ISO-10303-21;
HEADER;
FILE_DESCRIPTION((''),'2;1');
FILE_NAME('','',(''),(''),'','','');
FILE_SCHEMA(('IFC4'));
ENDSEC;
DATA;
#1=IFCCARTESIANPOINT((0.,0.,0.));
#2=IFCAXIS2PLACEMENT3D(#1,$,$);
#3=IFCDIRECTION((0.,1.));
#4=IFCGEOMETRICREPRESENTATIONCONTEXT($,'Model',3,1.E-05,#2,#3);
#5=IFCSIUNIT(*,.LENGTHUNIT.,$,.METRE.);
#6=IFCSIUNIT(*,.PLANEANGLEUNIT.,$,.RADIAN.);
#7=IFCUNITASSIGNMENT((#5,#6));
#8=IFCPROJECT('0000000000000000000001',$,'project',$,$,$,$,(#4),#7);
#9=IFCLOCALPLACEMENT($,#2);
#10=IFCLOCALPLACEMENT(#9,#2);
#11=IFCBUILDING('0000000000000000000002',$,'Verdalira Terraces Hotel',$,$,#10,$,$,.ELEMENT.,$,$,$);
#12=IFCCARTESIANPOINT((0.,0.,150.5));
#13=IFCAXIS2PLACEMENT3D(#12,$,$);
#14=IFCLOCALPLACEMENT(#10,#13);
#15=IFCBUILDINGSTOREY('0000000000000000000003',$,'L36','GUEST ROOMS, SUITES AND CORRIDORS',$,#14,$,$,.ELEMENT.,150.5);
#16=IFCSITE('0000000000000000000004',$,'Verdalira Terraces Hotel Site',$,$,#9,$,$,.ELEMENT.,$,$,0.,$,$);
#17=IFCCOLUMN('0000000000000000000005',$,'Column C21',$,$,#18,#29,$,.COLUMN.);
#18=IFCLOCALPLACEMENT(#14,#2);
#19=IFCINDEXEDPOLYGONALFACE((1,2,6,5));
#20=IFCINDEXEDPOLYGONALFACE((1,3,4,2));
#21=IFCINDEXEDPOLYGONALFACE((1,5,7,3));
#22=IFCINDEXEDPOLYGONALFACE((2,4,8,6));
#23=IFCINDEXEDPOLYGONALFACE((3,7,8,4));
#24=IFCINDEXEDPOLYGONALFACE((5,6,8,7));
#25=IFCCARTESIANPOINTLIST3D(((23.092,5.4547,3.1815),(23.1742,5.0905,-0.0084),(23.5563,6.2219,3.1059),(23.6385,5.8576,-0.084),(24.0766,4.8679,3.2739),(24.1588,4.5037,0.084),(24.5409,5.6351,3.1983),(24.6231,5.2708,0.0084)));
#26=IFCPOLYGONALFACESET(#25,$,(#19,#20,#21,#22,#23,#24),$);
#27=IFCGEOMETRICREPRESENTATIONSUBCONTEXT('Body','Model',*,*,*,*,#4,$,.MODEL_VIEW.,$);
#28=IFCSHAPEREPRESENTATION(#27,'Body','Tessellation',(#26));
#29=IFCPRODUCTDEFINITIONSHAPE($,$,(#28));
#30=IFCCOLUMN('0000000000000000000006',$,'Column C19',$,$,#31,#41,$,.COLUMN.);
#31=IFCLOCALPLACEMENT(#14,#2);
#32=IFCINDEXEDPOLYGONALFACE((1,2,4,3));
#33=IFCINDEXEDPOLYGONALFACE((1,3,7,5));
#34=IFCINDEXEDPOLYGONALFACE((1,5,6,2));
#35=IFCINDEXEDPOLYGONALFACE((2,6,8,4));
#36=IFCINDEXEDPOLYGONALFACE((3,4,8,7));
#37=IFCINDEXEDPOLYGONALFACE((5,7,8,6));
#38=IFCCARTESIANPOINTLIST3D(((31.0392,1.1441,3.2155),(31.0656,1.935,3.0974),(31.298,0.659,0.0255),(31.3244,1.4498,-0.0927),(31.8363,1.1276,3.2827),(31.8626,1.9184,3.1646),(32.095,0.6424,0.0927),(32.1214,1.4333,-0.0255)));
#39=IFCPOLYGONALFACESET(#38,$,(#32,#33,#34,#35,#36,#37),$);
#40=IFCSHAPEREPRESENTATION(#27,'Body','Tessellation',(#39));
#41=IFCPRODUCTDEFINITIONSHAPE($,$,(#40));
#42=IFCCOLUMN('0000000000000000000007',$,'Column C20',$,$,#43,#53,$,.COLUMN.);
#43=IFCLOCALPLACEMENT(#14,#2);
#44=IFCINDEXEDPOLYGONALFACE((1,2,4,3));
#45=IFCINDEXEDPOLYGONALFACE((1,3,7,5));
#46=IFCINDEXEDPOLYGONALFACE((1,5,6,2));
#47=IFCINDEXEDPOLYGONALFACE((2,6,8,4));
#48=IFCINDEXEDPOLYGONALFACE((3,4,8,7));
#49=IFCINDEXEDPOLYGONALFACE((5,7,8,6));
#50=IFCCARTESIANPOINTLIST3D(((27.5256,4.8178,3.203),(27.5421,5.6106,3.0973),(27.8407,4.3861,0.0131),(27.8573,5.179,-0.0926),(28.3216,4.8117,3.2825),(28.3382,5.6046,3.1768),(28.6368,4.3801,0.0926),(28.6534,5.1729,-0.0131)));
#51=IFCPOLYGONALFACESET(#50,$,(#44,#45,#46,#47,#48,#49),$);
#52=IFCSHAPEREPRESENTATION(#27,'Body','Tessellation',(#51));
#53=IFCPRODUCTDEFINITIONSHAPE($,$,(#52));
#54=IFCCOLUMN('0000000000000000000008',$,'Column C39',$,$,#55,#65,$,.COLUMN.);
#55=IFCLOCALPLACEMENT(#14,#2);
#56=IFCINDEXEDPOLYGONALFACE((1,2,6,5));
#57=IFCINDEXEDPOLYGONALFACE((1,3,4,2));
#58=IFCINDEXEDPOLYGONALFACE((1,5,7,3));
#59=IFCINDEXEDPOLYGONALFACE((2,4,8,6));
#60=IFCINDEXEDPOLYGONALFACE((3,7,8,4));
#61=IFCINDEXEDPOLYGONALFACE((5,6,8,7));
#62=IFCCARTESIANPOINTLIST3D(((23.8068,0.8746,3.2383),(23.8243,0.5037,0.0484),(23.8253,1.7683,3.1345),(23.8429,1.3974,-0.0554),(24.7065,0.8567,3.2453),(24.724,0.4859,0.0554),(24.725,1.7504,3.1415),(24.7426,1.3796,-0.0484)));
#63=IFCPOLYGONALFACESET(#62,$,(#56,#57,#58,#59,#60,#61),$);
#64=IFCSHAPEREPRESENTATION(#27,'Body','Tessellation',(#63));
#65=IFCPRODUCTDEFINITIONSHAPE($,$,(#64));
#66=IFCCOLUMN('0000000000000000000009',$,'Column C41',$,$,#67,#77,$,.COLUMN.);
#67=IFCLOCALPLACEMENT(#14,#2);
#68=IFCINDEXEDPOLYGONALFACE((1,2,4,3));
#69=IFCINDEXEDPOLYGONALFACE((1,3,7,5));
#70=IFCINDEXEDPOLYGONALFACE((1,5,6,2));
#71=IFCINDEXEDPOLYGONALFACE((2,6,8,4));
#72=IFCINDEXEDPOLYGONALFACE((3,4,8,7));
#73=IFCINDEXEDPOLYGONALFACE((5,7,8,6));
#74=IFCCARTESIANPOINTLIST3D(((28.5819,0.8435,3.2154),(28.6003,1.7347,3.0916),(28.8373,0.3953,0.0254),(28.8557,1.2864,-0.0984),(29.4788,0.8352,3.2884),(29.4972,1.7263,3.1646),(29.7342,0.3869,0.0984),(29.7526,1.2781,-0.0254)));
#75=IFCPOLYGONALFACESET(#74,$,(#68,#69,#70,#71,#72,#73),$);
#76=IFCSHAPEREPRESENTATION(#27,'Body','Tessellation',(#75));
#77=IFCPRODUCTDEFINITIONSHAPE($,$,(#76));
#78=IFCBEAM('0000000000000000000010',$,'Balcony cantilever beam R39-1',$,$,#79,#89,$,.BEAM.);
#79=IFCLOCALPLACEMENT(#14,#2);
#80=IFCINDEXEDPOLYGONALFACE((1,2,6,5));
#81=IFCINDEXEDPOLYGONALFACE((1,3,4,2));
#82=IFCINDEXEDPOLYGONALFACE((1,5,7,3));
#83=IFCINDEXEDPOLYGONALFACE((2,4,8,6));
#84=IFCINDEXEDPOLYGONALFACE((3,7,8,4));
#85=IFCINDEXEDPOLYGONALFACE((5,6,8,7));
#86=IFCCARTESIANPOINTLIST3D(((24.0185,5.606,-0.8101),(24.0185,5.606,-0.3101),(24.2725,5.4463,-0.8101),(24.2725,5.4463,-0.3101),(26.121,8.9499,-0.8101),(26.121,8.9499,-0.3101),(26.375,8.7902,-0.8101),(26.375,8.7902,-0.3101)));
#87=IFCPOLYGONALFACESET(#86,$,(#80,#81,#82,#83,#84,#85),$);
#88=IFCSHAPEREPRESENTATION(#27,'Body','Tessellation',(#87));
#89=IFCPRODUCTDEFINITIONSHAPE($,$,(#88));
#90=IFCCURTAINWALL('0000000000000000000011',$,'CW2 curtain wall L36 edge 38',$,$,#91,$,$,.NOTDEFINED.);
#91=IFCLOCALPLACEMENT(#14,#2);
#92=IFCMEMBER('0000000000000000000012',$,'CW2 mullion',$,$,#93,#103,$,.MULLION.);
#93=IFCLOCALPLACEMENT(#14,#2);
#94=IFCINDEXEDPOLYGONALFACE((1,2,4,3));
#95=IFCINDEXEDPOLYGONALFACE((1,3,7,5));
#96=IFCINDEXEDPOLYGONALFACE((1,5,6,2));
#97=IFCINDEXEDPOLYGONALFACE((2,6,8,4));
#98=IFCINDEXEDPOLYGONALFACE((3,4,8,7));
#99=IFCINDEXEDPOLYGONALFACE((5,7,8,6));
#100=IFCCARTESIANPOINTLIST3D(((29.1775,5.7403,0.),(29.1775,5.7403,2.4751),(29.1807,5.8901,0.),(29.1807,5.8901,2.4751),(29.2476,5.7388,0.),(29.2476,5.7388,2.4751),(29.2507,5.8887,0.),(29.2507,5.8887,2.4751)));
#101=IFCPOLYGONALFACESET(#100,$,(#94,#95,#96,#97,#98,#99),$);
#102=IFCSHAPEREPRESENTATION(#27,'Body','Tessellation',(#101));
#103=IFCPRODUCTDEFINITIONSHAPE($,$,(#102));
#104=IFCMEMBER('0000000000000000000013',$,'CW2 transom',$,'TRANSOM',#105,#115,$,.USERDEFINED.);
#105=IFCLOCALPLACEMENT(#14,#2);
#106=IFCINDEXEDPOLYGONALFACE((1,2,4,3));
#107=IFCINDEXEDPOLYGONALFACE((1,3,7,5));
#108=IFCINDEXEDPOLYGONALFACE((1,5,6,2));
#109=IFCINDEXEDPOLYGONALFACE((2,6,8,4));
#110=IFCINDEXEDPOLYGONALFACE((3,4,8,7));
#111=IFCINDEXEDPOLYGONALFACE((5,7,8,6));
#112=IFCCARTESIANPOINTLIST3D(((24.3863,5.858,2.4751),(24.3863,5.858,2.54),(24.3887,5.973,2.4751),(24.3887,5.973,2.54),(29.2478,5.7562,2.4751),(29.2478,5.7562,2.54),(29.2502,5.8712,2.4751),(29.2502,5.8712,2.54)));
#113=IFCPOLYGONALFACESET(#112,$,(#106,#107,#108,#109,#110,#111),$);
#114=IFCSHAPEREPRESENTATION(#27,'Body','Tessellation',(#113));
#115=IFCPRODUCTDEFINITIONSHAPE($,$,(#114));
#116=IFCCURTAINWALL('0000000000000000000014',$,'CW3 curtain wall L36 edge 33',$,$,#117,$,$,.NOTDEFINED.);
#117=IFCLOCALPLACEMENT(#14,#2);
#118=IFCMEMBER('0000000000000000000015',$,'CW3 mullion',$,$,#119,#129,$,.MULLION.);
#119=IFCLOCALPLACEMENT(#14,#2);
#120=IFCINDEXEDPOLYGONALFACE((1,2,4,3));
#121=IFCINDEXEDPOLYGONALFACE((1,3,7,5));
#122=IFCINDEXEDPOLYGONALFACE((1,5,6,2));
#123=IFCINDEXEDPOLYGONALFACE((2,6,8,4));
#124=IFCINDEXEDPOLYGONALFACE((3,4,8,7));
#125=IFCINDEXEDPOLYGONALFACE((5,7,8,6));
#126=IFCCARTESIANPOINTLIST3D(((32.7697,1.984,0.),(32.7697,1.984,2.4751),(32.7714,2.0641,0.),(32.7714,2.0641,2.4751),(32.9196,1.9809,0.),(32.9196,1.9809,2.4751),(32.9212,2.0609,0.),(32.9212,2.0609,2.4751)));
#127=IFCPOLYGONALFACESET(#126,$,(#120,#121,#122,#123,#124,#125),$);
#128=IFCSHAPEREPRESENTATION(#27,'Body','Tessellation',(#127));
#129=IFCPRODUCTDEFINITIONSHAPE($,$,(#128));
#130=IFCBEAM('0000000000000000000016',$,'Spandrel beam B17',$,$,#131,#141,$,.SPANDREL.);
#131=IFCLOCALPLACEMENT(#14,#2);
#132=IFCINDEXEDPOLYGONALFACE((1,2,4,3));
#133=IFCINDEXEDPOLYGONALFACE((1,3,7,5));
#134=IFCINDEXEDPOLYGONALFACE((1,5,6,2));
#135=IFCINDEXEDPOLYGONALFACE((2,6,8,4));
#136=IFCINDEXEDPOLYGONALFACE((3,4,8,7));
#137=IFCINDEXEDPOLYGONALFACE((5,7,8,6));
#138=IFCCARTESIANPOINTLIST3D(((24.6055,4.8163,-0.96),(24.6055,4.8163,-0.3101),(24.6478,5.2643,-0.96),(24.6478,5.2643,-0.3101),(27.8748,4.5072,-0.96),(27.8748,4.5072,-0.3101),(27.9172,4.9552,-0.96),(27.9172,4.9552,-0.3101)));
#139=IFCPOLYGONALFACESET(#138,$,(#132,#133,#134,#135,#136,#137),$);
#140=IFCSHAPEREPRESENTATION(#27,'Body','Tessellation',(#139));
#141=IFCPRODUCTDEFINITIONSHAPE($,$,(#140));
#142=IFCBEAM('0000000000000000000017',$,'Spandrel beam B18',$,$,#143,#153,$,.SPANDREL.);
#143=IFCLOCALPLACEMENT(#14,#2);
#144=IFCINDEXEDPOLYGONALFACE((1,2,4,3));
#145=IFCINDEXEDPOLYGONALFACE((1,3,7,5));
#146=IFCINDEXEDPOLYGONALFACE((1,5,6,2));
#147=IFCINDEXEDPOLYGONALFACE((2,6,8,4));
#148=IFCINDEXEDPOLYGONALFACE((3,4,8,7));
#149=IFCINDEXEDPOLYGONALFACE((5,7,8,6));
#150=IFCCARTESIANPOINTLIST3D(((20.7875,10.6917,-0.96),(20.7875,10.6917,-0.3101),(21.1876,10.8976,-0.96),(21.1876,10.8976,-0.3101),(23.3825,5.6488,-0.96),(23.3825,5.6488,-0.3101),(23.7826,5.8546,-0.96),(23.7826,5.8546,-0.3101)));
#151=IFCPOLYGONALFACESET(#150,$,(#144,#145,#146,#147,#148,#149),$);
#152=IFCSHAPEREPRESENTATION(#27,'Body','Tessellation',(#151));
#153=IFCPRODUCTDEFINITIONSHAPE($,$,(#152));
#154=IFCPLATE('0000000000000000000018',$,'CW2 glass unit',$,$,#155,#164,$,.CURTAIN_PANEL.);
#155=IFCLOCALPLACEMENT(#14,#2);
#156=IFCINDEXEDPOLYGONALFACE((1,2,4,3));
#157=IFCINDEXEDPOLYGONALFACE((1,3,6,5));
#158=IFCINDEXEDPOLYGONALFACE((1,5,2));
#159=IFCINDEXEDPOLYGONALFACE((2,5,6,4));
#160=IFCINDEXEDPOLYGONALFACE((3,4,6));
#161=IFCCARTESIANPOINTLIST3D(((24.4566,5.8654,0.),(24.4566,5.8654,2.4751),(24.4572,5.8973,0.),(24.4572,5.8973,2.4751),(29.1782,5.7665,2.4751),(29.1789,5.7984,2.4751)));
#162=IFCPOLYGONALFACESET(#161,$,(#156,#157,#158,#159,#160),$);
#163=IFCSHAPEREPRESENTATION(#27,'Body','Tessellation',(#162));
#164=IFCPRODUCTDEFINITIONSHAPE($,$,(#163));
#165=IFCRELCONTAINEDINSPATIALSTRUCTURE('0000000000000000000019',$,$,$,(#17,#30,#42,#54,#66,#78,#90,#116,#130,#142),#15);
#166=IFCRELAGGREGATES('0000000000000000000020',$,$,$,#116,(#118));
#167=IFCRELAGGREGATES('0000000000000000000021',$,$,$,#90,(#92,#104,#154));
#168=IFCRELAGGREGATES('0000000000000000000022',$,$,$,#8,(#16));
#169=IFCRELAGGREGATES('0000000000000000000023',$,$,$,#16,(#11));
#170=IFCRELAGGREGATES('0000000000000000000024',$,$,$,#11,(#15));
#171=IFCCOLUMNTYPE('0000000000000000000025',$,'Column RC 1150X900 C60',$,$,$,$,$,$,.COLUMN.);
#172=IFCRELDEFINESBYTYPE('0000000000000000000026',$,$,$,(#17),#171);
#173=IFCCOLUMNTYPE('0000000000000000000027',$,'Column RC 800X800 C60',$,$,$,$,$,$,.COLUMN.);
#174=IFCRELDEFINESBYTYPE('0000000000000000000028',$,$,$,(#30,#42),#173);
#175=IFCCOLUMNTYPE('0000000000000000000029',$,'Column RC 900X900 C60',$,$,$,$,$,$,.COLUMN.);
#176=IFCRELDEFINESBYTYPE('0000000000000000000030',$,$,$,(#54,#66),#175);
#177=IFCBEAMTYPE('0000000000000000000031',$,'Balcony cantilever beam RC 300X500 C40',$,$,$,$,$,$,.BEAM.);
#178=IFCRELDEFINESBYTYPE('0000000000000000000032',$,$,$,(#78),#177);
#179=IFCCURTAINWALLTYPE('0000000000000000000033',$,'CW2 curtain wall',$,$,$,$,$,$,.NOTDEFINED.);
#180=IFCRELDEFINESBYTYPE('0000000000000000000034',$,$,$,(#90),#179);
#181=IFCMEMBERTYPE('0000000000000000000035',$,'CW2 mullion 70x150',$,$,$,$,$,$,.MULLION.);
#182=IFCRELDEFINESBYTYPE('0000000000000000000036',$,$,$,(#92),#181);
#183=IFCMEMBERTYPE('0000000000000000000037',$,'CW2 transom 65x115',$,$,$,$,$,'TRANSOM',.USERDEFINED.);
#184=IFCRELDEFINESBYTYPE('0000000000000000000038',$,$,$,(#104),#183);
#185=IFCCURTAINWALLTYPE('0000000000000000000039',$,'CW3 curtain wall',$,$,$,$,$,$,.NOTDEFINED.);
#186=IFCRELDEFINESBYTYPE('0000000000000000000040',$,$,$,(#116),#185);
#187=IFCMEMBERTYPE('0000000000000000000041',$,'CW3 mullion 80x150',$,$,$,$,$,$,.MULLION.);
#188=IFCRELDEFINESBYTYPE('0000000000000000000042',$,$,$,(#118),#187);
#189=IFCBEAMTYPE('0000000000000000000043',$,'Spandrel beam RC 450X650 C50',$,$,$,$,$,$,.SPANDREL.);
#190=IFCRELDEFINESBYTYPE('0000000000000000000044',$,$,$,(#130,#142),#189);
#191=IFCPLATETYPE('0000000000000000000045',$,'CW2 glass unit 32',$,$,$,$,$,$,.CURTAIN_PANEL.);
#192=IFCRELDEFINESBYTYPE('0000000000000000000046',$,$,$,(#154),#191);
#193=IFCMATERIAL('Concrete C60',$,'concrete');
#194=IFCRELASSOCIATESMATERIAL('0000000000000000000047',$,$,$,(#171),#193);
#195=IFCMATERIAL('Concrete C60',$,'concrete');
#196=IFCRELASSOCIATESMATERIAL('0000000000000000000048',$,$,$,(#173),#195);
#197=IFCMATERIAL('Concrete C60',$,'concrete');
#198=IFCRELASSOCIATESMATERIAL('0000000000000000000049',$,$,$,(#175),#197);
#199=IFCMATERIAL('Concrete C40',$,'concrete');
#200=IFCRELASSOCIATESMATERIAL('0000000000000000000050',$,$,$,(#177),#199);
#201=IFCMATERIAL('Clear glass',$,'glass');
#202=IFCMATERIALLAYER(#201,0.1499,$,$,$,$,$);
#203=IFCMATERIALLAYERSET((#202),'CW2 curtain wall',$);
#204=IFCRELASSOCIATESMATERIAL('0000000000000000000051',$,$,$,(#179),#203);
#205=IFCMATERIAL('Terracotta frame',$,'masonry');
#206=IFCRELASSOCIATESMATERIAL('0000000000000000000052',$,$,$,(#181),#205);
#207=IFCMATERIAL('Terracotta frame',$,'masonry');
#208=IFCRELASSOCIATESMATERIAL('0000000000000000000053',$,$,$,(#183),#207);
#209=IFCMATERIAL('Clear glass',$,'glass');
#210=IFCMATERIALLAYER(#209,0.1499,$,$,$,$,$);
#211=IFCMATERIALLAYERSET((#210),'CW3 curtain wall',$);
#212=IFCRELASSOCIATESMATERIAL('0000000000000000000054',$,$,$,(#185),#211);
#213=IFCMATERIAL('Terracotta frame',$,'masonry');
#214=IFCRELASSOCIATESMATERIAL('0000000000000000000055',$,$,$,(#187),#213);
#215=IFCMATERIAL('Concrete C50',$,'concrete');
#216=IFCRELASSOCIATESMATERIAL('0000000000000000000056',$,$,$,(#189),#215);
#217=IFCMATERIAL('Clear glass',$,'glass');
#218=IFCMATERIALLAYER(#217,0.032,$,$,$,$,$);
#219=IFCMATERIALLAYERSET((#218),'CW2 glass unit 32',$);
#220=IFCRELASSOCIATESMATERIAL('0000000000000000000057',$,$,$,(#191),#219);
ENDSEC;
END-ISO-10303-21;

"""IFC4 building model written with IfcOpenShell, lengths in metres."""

from ifc_helpers import new_model, si_unit, direction, frame, origin, origin_2d, place, context, subcontext, project, spatial, polyline, rectangle, outline, extrude, material, layer, layer_set, material_profile, profile_set, type_object, element, aggregate, save


model = new_model("IFC4")

# Units and contexts
model_context = context("Model", 3, precision=1e-05, world=origin(), true_north=direction((0.0, 1.0)))
body_context = subcontext(model_context, "Body", "Model", "MODEL_VIEW")
ifc_project = project(units=[si_unit("LENGTHUNIT", "METRE"), si_unit("PLANEANGLEUNIT", "RADIAN")], contexts=[model_context])

# Site, building, storey
site_placement = place(None, origin())
site = spatial("IfcSite", under=ifc_project, at=site_placement, Name="Verdalira Terraces Hotel Site", CompositionType="ELEMENT", RefElevation=0.0)
building_placement = place(site_placement, origin())
building = spatial("IfcBuilding", under=site, at=building_placement, Name="Verdalira Terraces Hotel", CompositionType="ELEMENT")
storey_placement = place(building_placement, frame((0.0, 0.0, 150.5)))
storey = spatial("IfcBuildingStorey", under=building, at=storey_placement, Name="L36", Description="GUEST ROOMS, SUITES AND CORRIDORS", CompositionType="ELEMENT", Elevation=150.5)

# Columns
ifc_material_1 = material(Name="Concrete C60", Category="concrete")
ifc_material_profile_1 = material_profile(ifc_material_1, rectangle(XDim=1.1499, YDim=0.8999, at=origin_2d()), Name="RC 1150X900")
ifc_profile_set_1 = profile_set([ifc_material_profile_1], Name="Concrete C60")
column_type_1 = type_object("IfcColumnType", Name="Column RC 1150X900 C60", PredefinedType="COLUMN", material=ifc_profile_set_1)
column_1_placement = place(storey_placement, frame((23.8987, 5.1807, 0.0), z_axis=(-0.025617, 0.113415, 0.993217), x_axis=(0.856239, -0.510292, 0.080354)))
element("IfcColumn", 1, at=column_1_placement, inside=storey, type_object=column_type_1, Name="Column C21", PredefinedType="COLUMN", context=body_context, shape_type="SweptSolid", body=[
    extrude(rectangle(XDim=1.1499, YDim=0.8999, at=origin_2d()), origin(), (0.0, 0.0, 1.0), 3.2117),
])
ifc_material_2 = material(Name="Concrete C60", Category="concrete")
ifc_material_profile_2 = material_profile(ifc_material_2, rectangle(XDim=0.8, YDim=0.8, at=origin_2d()), Name="RC 800X800")
ifc_profile_set_2 = profile_set([ifc_material_profile_2], Name="Concrete C60")
column_type_2 = type_object("IfcColumnType", Name="Column RC 800X800 C60", PredefinedType="COLUMN", material=ifc_profile_set_2)
column_2_placement = place(storey_placement, frame((31.7097, 1.0461, 0.0), z_axis=(-0.079948, 0.149864, 0.985469), x_axis=(0.032985, 0.98849, -0.147648)))
element("IfcColumn", 2, at=column_2_placement, inside=storey, type_object=column_type_2, Name="Column C19", PredefinedType="COLUMN", context=body_context, shape_type="SweptSolid", body=[
    extrude(rectangle(XDim=0.8, YDim=0.8, at=origin_2d()), origin(), (0.0, 0.0, 1.0), 3.2371),
])
column_3_placement = place(storey_placement, frame((28.2471, 4.7795, 0.0), z_axis=(-0.097448, 0.133453, 0.986253), x_axis=(-0.995025, 0.007585, -0.099341)))
element("IfcColumn", 3, at=column_3_placement, inside=storey, type_object=column_type_2, Name="Column C20", PredefinedType="COLUMN", context=body_context, shape_type="SweptSolid", body=[
    extrude(rectangle(XDim=0.8, YDim=0.8, at=origin_2d()), origin(), (0.0, 0.0, 1.0), 3.2344),
])
ifc_material_3 = material(Name="Concrete C60", Category="concrete")
ifc_material_profile_3 = material_profile(ifc_material_3, rectangle(XDim=0.8999, YDim=0.8999, at=origin_2d()), Name="RC 900X900")
ifc_profile_set_3 = profile_set([ifc_material_profile_3], Name="Concrete C60")
column_type_3 = type_object("IfcColumnType", Name="Column RC 900X900 C60", PredefinedType="COLUMN", material=ifc_profile_set_3)
column_4_placement = place(storey_placement, frame((24.2834, 0.9416, 0.0), z_axis=(-0.005474, 0.115476, 0.993295), x_axis=(0.999773, -0.019806, 0.007812)))
element("IfcColumn", 4, at=column_4_placement, inside=storey, type_object=column_type_3, Name="Column C39", PredefinedType="COLUMN", context=body_context, shape_type="SweptSolid", body=[
    extrude(rectangle(XDim=0.8999, YDim=0.8999, at=origin_2d()), origin(), (0.0, 0.0, 1.0), 3.2114),
])
column_5_placement = place(storey_placement, frame((29.2949, 0.8367, 0.0), z_axis=(-0.079028, 0.138715, 0.987174), x_axis=(0.996663, -0.009281, 0.081092)))
element("IfcColumn", 5, at=column_5_placement, inside=storey, type_object=column_type_3, Name="Column C41", PredefinedType="COLUMN", context=body_context, shape_type="SweptSolid", body=[
    extrude(rectangle(XDim=0.8999, YDim=0.8999, at=origin_2d()), origin(), (0.0, 0.0, 1.0), 3.2314),
])

# Beam
ifc_material_4 = material(Name="Concrete C40", Category="concrete")
ifc_material_profile_4 = material_profile(ifc_material_4, rectangle(XDim=0.3, YDim=0.5, at=origin_2d()), Name="RC 300X500")
ifc_profile_set_4 = profile_set([ifc_material_profile_4], Name="Concrete C40")
beam_type_1 = type_object("IfcBeamType", Name="Balcony cantilever beam RC 300X500 C40", PredefinedType="BEAM", material=ifc_profile_set_4)
beam_1_placement = place(storey_placement, frame((24.1455, 5.5261, -0.5601), z_axis=(0.53228, 0.846568, 0.0), x_axis=(-0.846568, 0.53228, 0.0)))
element("IfcBeam", 6, at=beam_1_placement, inside=storey, type_object=beam_type_1, Name="Balcony cantilever beam R39-1", PredefinedType="BEAM", context=body_context, shape_type="SweptSolid", body=[
    extrude(rectangle(XDim=0.3, YDim=0.5, at=origin_2d()), origin(), (0.0, 0.0, 1.0), 3.95),
])

# Curtain wall, members
ifc_material_5 = material(Name="Clear glass", Category="glass")
ifc_layer_1 = layer(ifc_material_5, 0.1499)
ifc_layer_set_1 = layer_set([ifc_layer_1], Name="CW2 curtain wall")
curtain_wall_type_1 = type_object("IfcCurtainWallType", Name="CW2 curtain wall", PredefinedType="NOTDEFINED", material=ifc_layer_set_1)
curtain_wall_1_placement = place(storey_placement, origin())
curtain_wall_1 = element("IfcCurtainWall", 7, at=curtain_wall_1_placement, inside=storey, type_object=curtain_wall_type_1, Name="CW2 curtain wall L36 edge 38", PredefinedType="NOTDEFINED")
ifc_material_6 = material(Name="Terracotta frame", Category="masonry")
ifc_material_profile_5 = material_profile(ifc_material_6, rectangle(XDim=0.0701, YDim=0.1499, at=origin_2d()), Name="MU 70x150")
ifc_profile_set_5 = profile_set([ifc_material_profile_5], Name="Terracotta frame")
member_type_1 = type_object("IfcMemberType", Name="CW2 mullion 70x150", PredefinedType="MULLION", material=ifc_profile_set_5)
member_1_placement = place(storey_placement, frame((29.2141, 5.8145, 0.0), z_axis=(0.0, 0.0, 1.0), x_axis=(-0.999781, 0.020942, 0.0)))
member_1 = element("IfcMember", 8, at=member_1_placement, type_object=member_type_1, Name="CW2 mullion", PredefinedType="MULLION", context=body_context, shape_type="SweptSolid", body=[
    extrude(rectangle(XDim=0.0701, YDim=0.1499, at=origin_2d()), origin(), (0.0, 0.0, 1.0), 2.4751),
])
ifc_material_7 = material(Name="Terracotta frame", Category="masonry")
ifc_material_profile_6 = material_profile(ifc_material_7, rectangle(XDim=0.115, YDim=0.0649, at=origin_2d()), Name="TR 65x115")
ifc_profile_set_6 = profile_set([ifc_material_profile_6], Name="Terracotta frame")
member_type_2 = type_object("IfcMemberType", Name="CW2 transom 65x115", ElementType="TRANSOM", PredefinedType="USERDEFINED", material=ifc_profile_set_6)
member_2_placement = place(storey_placement, frame((29.249, 5.8137, 2.5076), z_axis=(-0.999781, 0.020937, 0.0), x_axis=(-0.020937, -0.999781, 0.0)))
member_2 = element("IfcMember", 9, at=member_2_placement, type_object=member_type_2, Name="CW2 transom", ObjectType="TRANSOM", PredefinedType="USERDEFINED", context=body_context, shape_type="SweptSolid", body=[
    extrude(rectangle(XDim=0.115, YDim=0.0649, at=origin_2d()), origin(), (0.0, 0.0, 1.0), 4.8625),
])

# Curtain wall, member
ifc_material_8 = material(Name="Clear glass", Category="glass")
ifc_layer_2 = layer(ifc_material_8, 0.1499)
ifc_layer_set_2 = layer_set([ifc_layer_2], Name="CW3 curtain wall")
curtain_wall_type_2 = type_object("IfcCurtainWallType", Name="CW3 curtain wall", PredefinedType="NOTDEFINED", material=ifc_layer_set_2)
curtain_wall_2_placement = place(storey_placement, origin())
curtain_wall_2 = element("IfcCurtainWall", 10, at=curtain_wall_2_placement, inside=storey, type_object=curtain_wall_type_2, Name="CW3 curtain wall L36 edge 33", PredefinedType="NOTDEFINED")
ifc_material_9 = material(Name="Terracotta frame", Category="masonry")
ifc_material_profile_7 = material_profile(ifc_material_9, rectangle(XDim=0.0801, YDim=0.1499, at=origin_2d()), Name="MU 80x150")
ifc_profile_set_7 = profile_set([ifc_material_profile_7], Name="Terracotta frame")
member_type_3 = type_object("IfcMemberType", Name="CW3 mullion 80x150", PredefinedType="MULLION", material=ifc_profile_set_7)
member_3_placement = place(storey_placement, frame((32.8455, 2.0225, 0.0), z_axis=(0.0, 0.0, 1.0), x_axis=(0.020942, 0.999781, 0.0)))
member_3 = element("IfcMember", 11, at=member_3_placement, type_object=member_type_3, Name="CW3 mullion", PredefinedType="MULLION", context=body_context, shape_type="SweptSolid", body=[
    extrude(rectangle(XDim=0.0801, YDim=0.1499, at=origin_2d()), origin(), (0.0, 0.0, 1.0), 2.4751),
])
aggregate(curtain_wall_2, [member_3])

# Beams
ifc_material_10 = material(Name="Concrete C50", Category="concrete")
ifc_material_profile_8 = material_profile(ifc_material_10, rectangle(XDim=0.45, YDim=0.6499, at=origin_2d()), Name="RC 450X650")
ifc_profile_set_8 = profile_set([ifc_material_profile_8], Name="Concrete C50")
beam_type_2 = type_object("IfcBeamType", Name="Spandrel beam RC 450X650 C50", PredefinedType="SPANDREL", material=ifc_profile_set_8)
beam_2_placement = place(storey_placement, frame((27.896, 4.7312, -0.635), z_axis=(-0.995561, 0.094121, 0.0), x_axis=(-0.094121, -0.995561, 0.0)))
element("IfcBeam", 12, at=beam_2_placement, inside=storey, type_object=beam_type_2, Name="Spandrel beam B17", PredefinedType="SPANDREL", context=body_context, shape_type="SweptSolid", body=[
    extrude(rectangle(XDim=0.45, YDim=0.6499, at=origin_2d()), origin(), (0.0, 0.0, 1.0), 3.2839),
])
beam_3_placement = place(storey_placement, frame((23.5825, 5.7517, -0.635), z_axis=(-0.457549, 0.889184, 0.0), x_axis=(-0.889184, -0.457549, 0.0)))
element("IfcBeam", 13, at=beam_3_placement, inside=storey, type_object=beam_type_2, Name="Spandrel beam B18", PredefinedType="SPANDREL", context=body_context, shape_type="SweptSolid", body=[
    extrude(rectangle(XDim=0.45, YDim=0.6499, at=origin_2d()), origin(), (0.0, 0.0, 1.0), 5.6714),
])

# Plate
ifc_material_11 = material(Name="Clear glass", Category="glass")
ifc_layer_3 = layer(ifc_material_11, 0.032)
ifc_layer_set_3 = layer_set([ifc_layer_3], Name="CW2 glass unit 32")
plate_type = type_object("IfcPlateType", Name="CW2 glass unit 32", PredefinedType="CURTAIN_PANEL", material=ifc_layer_set_3)
plate_placement = place(storey_placement, frame((26.8174, 5.8159, 1.2375), z_axis=(0.020942, 0.999781, 0.0), x_axis=(-0.999781, 0.020942, 0.0)))
plate = element("IfcPlate", 14, at=plate_placement, type_object=plate_type, Name="CW2 glass unit", PredefinedType="CURTAIN_PANEL", context=body_context, shape_type="SweptSolid", body=[
    extrude(outline(polyline([(2.3613, -1.2375), (2.3613, 1.2375), (-2.3613, 1.2375), (2.3613, -1.2375)])), origin(), (0.0, 0.0, 1.0), 0.032),
])
aggregate(curtain_wall_1, [member_1, member_2, plate])

save(model, "model.ifc")
